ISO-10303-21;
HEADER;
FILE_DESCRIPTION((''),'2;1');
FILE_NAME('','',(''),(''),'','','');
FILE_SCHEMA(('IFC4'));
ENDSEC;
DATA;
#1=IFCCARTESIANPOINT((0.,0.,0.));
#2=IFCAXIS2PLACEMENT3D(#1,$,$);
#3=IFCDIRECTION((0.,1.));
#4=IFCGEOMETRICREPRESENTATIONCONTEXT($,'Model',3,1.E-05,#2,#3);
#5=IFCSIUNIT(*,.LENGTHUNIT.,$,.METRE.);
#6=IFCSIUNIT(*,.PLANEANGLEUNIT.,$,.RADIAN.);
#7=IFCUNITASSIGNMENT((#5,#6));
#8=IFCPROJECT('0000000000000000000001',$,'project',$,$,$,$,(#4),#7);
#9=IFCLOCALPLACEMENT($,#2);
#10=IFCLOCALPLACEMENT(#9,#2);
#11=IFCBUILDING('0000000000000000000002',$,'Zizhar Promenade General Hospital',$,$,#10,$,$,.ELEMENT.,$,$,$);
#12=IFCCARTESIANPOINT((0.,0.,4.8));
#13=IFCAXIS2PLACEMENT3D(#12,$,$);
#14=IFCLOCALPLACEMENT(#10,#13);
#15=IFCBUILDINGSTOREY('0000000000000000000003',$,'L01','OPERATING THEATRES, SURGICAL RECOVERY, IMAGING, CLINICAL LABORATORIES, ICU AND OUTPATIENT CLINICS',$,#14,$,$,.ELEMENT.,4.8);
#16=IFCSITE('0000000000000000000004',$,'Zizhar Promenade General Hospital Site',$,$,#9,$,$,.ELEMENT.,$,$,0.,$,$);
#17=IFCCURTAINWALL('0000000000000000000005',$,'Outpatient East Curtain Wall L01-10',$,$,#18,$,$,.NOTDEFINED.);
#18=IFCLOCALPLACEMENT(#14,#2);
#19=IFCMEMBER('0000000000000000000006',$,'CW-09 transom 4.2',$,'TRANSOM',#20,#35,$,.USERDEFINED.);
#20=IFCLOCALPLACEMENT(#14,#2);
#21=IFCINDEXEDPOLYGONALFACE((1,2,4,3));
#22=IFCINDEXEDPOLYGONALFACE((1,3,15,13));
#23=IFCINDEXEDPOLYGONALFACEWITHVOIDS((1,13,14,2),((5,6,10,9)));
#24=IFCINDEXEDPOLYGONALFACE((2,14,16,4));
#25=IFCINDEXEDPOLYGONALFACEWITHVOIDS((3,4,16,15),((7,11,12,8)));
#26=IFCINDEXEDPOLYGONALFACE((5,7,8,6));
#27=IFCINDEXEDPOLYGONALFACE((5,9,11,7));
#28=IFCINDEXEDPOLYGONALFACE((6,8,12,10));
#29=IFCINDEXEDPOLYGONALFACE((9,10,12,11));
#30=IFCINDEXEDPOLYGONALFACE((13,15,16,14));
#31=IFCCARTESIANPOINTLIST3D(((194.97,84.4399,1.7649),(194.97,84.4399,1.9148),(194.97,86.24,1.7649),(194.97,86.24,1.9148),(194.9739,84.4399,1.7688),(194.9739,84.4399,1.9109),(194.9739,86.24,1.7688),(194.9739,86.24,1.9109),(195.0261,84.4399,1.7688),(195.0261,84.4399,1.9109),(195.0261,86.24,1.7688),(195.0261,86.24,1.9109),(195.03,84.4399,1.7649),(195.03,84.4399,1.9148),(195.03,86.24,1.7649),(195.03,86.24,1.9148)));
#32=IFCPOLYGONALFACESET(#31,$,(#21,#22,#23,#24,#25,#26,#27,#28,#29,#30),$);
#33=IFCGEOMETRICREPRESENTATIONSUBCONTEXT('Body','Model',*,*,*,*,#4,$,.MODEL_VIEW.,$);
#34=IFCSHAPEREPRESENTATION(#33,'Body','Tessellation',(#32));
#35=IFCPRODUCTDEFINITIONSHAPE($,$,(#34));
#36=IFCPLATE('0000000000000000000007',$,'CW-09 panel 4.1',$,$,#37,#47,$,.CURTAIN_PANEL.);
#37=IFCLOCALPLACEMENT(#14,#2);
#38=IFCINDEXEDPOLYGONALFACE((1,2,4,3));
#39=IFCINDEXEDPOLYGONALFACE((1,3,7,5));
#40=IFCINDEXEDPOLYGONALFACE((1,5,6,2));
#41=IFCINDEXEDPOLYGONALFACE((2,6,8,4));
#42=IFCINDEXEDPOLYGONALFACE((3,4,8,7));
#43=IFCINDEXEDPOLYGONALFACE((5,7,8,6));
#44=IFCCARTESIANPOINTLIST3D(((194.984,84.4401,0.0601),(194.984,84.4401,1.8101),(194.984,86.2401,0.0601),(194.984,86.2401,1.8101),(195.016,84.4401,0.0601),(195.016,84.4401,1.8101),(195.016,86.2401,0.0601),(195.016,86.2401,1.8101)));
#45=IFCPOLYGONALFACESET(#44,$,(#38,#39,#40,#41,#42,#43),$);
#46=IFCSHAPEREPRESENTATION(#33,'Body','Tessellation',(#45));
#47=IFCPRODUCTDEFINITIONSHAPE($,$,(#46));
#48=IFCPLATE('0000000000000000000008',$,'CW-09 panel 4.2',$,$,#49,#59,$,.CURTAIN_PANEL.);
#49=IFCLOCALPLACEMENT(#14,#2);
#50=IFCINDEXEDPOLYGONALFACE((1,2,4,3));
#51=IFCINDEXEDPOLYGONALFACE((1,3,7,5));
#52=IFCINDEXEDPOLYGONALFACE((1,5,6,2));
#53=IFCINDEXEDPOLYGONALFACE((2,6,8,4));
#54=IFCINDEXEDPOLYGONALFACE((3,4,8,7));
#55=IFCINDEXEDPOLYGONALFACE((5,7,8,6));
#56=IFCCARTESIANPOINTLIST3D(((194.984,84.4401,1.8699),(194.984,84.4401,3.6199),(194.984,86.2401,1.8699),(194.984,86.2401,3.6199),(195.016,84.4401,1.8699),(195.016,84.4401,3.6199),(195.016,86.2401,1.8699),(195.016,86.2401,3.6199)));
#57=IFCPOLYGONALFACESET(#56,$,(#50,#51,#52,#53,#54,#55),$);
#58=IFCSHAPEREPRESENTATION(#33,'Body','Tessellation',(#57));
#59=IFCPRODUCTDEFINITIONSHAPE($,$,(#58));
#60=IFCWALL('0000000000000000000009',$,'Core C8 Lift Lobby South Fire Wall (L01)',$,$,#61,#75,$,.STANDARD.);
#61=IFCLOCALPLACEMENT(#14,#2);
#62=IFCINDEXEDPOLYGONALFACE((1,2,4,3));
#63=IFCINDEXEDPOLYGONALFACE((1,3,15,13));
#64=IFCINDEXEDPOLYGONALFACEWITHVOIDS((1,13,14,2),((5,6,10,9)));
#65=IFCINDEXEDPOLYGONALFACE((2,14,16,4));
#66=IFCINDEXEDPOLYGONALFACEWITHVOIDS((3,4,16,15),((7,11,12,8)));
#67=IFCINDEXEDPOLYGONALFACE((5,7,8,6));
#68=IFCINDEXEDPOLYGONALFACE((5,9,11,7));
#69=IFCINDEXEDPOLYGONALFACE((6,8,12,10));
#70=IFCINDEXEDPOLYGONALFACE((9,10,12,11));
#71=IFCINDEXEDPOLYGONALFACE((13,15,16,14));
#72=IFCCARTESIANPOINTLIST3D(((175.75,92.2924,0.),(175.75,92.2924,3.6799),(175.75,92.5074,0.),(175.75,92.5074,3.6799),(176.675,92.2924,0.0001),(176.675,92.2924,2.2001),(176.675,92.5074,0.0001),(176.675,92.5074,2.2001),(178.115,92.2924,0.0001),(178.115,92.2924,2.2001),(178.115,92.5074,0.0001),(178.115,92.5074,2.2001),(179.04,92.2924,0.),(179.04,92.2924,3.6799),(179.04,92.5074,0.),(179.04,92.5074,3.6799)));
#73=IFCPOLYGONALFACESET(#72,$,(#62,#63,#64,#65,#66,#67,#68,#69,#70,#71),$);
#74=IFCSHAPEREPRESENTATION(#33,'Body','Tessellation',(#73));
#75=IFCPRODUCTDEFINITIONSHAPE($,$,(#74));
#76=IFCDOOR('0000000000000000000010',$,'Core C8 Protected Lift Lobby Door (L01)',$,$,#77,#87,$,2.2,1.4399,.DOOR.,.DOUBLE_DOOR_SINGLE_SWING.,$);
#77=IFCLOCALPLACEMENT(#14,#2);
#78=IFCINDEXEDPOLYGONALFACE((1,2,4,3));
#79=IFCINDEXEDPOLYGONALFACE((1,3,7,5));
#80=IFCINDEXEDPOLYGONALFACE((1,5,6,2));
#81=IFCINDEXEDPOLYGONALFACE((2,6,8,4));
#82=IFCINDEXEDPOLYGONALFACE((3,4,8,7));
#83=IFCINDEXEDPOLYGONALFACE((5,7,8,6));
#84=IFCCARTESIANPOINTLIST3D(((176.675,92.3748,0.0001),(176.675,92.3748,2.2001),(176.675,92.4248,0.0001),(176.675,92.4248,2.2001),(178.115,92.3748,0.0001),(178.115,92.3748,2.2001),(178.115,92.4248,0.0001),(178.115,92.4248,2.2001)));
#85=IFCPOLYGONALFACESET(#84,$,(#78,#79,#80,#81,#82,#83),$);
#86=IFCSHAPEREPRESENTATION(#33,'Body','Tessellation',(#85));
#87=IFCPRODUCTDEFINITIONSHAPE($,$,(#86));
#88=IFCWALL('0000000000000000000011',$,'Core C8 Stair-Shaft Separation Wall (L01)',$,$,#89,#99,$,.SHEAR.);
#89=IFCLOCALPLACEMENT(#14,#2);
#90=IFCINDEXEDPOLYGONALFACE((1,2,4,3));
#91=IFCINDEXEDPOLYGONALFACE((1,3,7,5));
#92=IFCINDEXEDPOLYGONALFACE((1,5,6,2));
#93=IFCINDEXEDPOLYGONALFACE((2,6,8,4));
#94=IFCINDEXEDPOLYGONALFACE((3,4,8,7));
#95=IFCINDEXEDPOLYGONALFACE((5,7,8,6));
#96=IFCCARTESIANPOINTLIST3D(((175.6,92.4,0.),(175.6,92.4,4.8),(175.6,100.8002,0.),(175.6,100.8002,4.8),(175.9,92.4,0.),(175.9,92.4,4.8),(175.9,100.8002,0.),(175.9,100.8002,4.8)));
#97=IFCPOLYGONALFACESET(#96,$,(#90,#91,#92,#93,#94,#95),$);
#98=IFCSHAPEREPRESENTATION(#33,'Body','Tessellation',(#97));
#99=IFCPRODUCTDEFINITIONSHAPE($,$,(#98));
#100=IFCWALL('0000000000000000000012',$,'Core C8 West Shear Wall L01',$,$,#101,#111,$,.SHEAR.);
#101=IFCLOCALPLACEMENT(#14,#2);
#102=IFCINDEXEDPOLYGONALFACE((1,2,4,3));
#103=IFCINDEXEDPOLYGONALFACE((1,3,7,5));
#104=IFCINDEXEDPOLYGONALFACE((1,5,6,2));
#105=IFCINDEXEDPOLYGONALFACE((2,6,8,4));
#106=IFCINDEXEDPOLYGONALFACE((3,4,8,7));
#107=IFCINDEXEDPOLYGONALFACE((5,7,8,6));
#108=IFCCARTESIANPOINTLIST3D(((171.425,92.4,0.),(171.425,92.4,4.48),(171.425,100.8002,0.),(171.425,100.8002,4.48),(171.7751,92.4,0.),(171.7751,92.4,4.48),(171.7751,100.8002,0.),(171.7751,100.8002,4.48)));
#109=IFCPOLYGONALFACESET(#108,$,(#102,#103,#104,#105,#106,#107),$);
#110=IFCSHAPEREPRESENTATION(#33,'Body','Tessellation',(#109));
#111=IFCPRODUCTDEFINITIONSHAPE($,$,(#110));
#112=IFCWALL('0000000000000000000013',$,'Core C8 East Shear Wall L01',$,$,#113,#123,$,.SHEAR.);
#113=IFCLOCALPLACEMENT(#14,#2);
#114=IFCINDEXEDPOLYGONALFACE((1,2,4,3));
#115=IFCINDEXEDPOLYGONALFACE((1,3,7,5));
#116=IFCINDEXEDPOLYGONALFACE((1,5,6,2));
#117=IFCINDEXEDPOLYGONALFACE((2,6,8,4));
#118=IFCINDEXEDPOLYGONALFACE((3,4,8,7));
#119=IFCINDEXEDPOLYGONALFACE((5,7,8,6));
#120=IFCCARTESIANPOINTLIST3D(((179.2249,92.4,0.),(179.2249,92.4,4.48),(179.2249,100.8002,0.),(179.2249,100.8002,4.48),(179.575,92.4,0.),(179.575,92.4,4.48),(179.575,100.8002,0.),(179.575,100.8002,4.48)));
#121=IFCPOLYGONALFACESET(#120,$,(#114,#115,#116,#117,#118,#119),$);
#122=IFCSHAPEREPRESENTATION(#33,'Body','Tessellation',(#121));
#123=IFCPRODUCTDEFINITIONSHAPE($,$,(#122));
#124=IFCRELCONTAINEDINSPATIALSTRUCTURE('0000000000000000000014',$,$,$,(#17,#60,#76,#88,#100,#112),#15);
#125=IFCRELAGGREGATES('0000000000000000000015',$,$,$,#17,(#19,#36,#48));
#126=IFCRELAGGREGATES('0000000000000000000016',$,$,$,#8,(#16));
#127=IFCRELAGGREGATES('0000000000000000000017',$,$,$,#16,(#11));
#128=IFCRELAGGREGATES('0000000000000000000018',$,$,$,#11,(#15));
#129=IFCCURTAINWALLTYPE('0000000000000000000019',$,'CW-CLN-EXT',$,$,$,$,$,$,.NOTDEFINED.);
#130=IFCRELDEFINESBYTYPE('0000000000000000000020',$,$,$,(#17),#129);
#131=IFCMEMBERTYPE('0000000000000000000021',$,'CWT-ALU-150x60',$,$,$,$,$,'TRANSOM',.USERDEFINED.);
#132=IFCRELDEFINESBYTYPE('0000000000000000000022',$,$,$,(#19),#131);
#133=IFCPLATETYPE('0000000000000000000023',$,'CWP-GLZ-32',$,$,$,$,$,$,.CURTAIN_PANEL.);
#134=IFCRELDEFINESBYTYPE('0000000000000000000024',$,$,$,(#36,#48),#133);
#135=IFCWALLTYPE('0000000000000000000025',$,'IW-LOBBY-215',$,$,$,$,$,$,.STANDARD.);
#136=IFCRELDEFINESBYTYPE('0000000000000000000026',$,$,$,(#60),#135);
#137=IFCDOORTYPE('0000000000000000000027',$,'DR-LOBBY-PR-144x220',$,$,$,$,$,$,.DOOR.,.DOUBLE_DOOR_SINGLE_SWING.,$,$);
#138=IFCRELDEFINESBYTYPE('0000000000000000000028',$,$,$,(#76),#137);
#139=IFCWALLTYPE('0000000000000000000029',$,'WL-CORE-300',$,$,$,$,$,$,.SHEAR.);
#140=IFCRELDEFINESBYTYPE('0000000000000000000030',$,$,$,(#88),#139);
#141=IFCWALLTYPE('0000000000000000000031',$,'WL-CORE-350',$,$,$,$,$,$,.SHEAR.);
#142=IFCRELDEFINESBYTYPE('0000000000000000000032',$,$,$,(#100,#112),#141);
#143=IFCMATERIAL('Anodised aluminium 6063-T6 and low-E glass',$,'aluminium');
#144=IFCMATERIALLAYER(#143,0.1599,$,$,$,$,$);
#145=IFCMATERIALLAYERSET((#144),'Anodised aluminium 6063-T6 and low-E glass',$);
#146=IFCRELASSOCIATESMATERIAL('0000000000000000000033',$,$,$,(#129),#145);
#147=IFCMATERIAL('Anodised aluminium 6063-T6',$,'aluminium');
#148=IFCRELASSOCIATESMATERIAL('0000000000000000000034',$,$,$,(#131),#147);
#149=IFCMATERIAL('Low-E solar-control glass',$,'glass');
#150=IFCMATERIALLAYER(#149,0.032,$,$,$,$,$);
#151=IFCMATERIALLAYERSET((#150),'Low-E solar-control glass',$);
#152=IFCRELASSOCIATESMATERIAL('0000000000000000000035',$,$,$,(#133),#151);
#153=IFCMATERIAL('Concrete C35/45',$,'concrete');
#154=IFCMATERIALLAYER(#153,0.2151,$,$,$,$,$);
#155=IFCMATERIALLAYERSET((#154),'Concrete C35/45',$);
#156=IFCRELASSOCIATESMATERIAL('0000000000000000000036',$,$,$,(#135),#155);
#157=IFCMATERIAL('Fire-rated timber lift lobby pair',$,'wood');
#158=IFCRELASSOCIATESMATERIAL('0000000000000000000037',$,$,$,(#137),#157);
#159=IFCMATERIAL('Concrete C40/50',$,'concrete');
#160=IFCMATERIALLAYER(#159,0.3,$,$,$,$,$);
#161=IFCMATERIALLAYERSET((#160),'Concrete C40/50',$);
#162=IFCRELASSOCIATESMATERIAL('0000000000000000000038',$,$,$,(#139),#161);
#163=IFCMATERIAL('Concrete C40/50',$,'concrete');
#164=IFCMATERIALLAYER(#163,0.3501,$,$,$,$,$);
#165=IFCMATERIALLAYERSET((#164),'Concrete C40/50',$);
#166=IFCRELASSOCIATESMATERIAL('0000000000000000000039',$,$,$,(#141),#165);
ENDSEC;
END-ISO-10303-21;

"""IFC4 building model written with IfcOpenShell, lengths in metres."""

from ifc_helpers import new_model, si_unit, direction, frame, frame_2d, origin, origin_2d, place, context, subcontext, project, spatial, rectangle, hollow_rectangle, extrude, material, layer, layer_set, material_profile, profile_set, type_object, element, fill, aggregate, save


model = new_model("IFC4")

# Units and contexts
model_context = context("Model", 3, precision=1e-05, world=origin(), true_north=direction((0.0, 1.0)))
body_context = subcontext(model_context, "Body", "Model", "MODEL_VIEW")
ifc_project = project(units=[si_unit("LENGTHUNIT", "METRE"), si_unit("PLANEANGLEUNIT", "RADIAN")], contexts=[model_context])

# Site, building, storey
site_placement = place(None, origin())
site = spatial("IfcSite", under=ifc_project, at=site_placement, Name="Zizhar Promenade General Hospital Site", CompositionType="ELEMENT", RefElevation=0.0)
building_placement = place(site_placement, origin())
building = spatial("IfcBuilding", under=site, at=building_placement, Name="Zizhar Promenade General Hospital", CompositionType="ELEMENT")
storey_placement = place(building_placement, frame((0.0, 0.0, 4.8)))
storey = spatial("IfcBuildingStorey", under=building, at=storey_placement, Name="L01", Description="OPERATING THEATRES, SURGICAL RECOVERY, IMAGING, CLINICAL LABORATORIES, ICU AND OUTPATIENT CLINICS", CompositionType="ELEMENT", Elevation=4.8)

# Curtain wall, member, plates
ifc_material_1 = material(Name="Anodised aluminium 6063-T6 and low-E glass", Category="aluminium")
ifc_layer_1 = layer(ifc_material_1, 0.1599)
ifc_layer_set_1 = layer_set([ifc_layer_1], Name="Anodised aluminium 6063-T6 and low-E glass")
curtain_wall_type = type_object("IfcCurtainWallType", Name="CW-CLN-EXT", PredefinedType="NOTDEFINED", material=ifc_layer_set_1)
curtain_wall_placement = place(storey_placement, origin())
curtain_wall = element("IfcCurtainWall", 1, at=curtain_wall_placement, inside=storey, type_object=curtain_wall_type, Name="Outpatient East Curtain Wall L01-10", PredefinedType="NOTDEFINED")
ifc_material_2 = material(Name="Anodised aluminium 6063-T6", Category="aluminium")
ifc_material_profile_1 = material_profile(ifc_material_2, hollow_rectangle(XDim=0.0601, YDim=0.1499, WallThickness=0.0039, at=origin_2d()))
ifc_profile_set_1 = profile_set([ifc_material_profile_1], Name="Anodised aluminium 6063-T6")
member_type_1 = type_object("IfcMemberType", Name="CWT-ALU-150x60", ElementType="TRANSOM", PredefinedType="USERDEFINED", material=ifc_profile_set_1)
member_1_placement = place(storey_placement, frame((195.0, 86.24, 1.8398), z_axis=(0.0, -1.0, 0.0), x_axis=(1.0, 0.0, 0.0)))
member_1 = element("IfcMember", 2, at=member_1_placement, type_object=member_type_1, Name="CW-09 transom 4.2", ObjectType="TRANSOM", PredefinedType="USERDEFINED", context=body_context, shape_type="SweptSolid", body=[
    extrude(hollow_rectangle(XDim=0.0601, YDim=0.1499, WallThickness=0.0039, at=origin_2d()), origin(), (0.0, 0.0, 1.0), 1.8),
])
ifc_material_3 = material(Name="Low-E solar-control glass", Category="glass")
ifc_layer_2 = layer(ifc_material_3, 0.032)
ifc_layer_set_2 = layer_set([ifc_layer_2], Name="Low-E solar-control glass")
plate_type = type_object("IfcPlateType", Name="CWP-GLZ-32", PredefinedType="CURTAIN_PANEL", material=ifc_layer_set_2)
plate_1_placement = place(storey_placement, frame((195.0, 85.3401, 0.0601), z_axis=(0.0, 0.0, 1.0), x_axis=(0.0, -1.0, 0.0)))
plate_1 = element("IfcPlate", 3, at=plate_1_placement, type_object=plate_type, Name="CW-09 panel 4.1", PredefinedType="CURTAIN_PANEL", context=body_context, shape_type="SweptSolid", body=[
    extrude(rectangle(XDim=1.8, YDim=0.032, at=origin_2d()), origin(), (0.0, 0.0, 1.0), 1.75),
])
plate_2_placement = place(storey_placement, frame((195.0, 85.3401, 1.8699), z_axis=(0.0, 0.0, 1.0), x_axis=(0.0, -1.0, 0.0)))
plate_2 = element("IfcPlate", 4, at=plate_2_placement, type_object=plate_type, Name="CW-09 panel 4.2", PredefinedType="CURTAIN_PANEL", context=body_context, shape_type="SweptSolid", body=[
    extrude(rectangle(XDim=1.8, YDim=0.032, at=origin_2d()), origin(), (0.0, 0.0, 1.0), 1.75),
])
aggregate(curtain_wall, [member_1, plate_1, plate_2])

# Wall, opening, door
ifc_material_4 = material(Name="Concrete C35/45", Category="concrete")
ifc_layer_3 = layer(ifc_material_4, 0.2151)
ifc_layer_set_3 = layer_set([ifc_layer_3], Name="Concrete C35/45")
wall_type_1 = type_object("IfcWallType", Name="IW-LOBBY-215", PredefinedType="STANDARD", material=ifc_layer_set_3)
wall_1_placement = place(storey_placement, frame((175.75, 92.3999, 0.0), z_axis=(0.0, 0.0, 1.0), x_axis=(1.0, 0.0, 0.0)))
wall_1 = element("IfcWall", 5, at=wall_1_placement, inside=storey, type_object=wall_type_1, Name="Core C8 Lift Lobby South Fire Wall (L01)", PredefinedType="STANDARD", context=body_context, shape_type="SweptSolid", body=[
    extrude(rectangle(XDim=3.29, YDim=0.2151, at=frame_2d((1.645, 0.0))), origin(), (0.0, 0.0, 1.0), 3.6799),
])
opening_1_placement = place(wall_1_placement, frame((0.925, 0.0, 0.0)))
opening_1 = element("IfcOpeningElement", 6, at=opening_1_placement, cuts=wall_1, PredefinedType="OPENING", context=body_context, shape_type="SweptSolid", body=[
    extrude(rectangle(XDim=1.4399, YDim=2.2, at=frame_2d((0.72, 1.1001))), frame((0.0, 0.1177, 0.0), z_axis=(0.0, -1.0, 0.0), x_axis=(1.0, 0.0, 0.0)), (0.0, 0.0, 1.0), 0.2351),
])
ifc_material_5 = material(Name="Fire-rated timber lift lobby pair", Category="wood")
door_type_1 = type_object("IfcDoorType", Name="DR-LOBBY-PR-144x220", OperationType="DOUBLE_DOOR_SINGLE_SWING", PredefinedType="DOOR", material=ifc_material_5)
door_1_placement = place(opening_1_placement, origin())
door_1 = element("IfcDoor", 7, at=door_1_placement, inside=storey, type_object=door_type_1, Name="Core C8 Protected Lift Lobby Door (L01)", OperationType="DOUBLE_DOOR_SINGLE_SWING", OverallHeight=2.2, OverallWidth=1.4399, PredefinedType="DOOR", context=body_context, shape_type="SweptSolid", body=[
    extrude(rectangle(XDim=1.4399, YDim=2.2, at=frame_2d((0.72, 1.1001))), frame((0.0, 0.0249, 0.0), z_axis=(0.0, -1.0, 0.0), x_axis=(1.0, 0.0, 0.0)), (0.0, 0.0, 1.0), 0.05),
])
fill(opening_1, door_1)
ifc_material_6 = material(Name="Concrete C40/50", Category="concrete")
ifc_layer_4 = layer(ifc_material_6, 0.3)
ifc_layer_set_4 = layer_set([ifc_layer_4], Name="Concrete C40/50")
wall_type_2 = type_object("IfcWallType", Name="WL-CORE-300", PredefinedType="SHEAR", material=ifc_layer_set_4)

# Walls
wall_2_placement = place(storey_placement, frame((175.75, 92.3999, 0.0), z_axis=(0.0, 0.0, 1.0), x_axis=(0.0, 1.0, 0.0)))
element("IfcWall", 8, at=wall_2_placement, inside=storey, type_object=wall_type_2, Name="Core C8 Stair-Shaft Separation Wall (L01)", PredefinedType="SHEAR", context=body_context, shape_type="SweptSolid", body=[
    extrude(rectangle(XDim=8.4001, YDim=0.3, at=frame_2d((4.2002, 0.0))), origin(), (0.0, 0.0, 1.0), 4.8),
])
ifc_material_7 = material(Name="Concrete C40/50", Category="concrete")
ifc_layer_5 = layer(ifc_material_7, 0.3501)
ifc_layer_set_5 = layer_set([ifc_layer_5], Name="Concrete C40/50")
wall_type_3 = type_object("IfcWallType", Name="WL-CORE-350", PredefinedType="SHEAR", material=ifc_layer_set_5)
for number, where, z_axis, x_axis, name in (
    (9, (171.6001, 92.3999, 0.0), (0.0, 0.0, 1.0), (0.0, 1.0, 0.0), "Core C8 West Shear Wall L01"),
    (10, (179.3999, 92.3999, 0.0), (0.0, 0.0, 1.0), (0.0, 1.0, 0.0), "Core C8 East Shear Wall L01"),
):
    element("IfcWall", number, at=place(storey_placement, frame(where, z_axis=z_axis, x_axis=x_axis)), inside=storey, type_object=wall_type_3, Name=name, PredefinedType="SHEAR", context=body_context, shape_type="SweptSolid", body=[
        extrude(rectangle(XDim=8.4001, YDim=0.3501, at=frame_2d((4.2002, 0.0))), origin(), (0.0, 0.0, 1.0), 4.48),
    ])

save(model, "model.ifc")
